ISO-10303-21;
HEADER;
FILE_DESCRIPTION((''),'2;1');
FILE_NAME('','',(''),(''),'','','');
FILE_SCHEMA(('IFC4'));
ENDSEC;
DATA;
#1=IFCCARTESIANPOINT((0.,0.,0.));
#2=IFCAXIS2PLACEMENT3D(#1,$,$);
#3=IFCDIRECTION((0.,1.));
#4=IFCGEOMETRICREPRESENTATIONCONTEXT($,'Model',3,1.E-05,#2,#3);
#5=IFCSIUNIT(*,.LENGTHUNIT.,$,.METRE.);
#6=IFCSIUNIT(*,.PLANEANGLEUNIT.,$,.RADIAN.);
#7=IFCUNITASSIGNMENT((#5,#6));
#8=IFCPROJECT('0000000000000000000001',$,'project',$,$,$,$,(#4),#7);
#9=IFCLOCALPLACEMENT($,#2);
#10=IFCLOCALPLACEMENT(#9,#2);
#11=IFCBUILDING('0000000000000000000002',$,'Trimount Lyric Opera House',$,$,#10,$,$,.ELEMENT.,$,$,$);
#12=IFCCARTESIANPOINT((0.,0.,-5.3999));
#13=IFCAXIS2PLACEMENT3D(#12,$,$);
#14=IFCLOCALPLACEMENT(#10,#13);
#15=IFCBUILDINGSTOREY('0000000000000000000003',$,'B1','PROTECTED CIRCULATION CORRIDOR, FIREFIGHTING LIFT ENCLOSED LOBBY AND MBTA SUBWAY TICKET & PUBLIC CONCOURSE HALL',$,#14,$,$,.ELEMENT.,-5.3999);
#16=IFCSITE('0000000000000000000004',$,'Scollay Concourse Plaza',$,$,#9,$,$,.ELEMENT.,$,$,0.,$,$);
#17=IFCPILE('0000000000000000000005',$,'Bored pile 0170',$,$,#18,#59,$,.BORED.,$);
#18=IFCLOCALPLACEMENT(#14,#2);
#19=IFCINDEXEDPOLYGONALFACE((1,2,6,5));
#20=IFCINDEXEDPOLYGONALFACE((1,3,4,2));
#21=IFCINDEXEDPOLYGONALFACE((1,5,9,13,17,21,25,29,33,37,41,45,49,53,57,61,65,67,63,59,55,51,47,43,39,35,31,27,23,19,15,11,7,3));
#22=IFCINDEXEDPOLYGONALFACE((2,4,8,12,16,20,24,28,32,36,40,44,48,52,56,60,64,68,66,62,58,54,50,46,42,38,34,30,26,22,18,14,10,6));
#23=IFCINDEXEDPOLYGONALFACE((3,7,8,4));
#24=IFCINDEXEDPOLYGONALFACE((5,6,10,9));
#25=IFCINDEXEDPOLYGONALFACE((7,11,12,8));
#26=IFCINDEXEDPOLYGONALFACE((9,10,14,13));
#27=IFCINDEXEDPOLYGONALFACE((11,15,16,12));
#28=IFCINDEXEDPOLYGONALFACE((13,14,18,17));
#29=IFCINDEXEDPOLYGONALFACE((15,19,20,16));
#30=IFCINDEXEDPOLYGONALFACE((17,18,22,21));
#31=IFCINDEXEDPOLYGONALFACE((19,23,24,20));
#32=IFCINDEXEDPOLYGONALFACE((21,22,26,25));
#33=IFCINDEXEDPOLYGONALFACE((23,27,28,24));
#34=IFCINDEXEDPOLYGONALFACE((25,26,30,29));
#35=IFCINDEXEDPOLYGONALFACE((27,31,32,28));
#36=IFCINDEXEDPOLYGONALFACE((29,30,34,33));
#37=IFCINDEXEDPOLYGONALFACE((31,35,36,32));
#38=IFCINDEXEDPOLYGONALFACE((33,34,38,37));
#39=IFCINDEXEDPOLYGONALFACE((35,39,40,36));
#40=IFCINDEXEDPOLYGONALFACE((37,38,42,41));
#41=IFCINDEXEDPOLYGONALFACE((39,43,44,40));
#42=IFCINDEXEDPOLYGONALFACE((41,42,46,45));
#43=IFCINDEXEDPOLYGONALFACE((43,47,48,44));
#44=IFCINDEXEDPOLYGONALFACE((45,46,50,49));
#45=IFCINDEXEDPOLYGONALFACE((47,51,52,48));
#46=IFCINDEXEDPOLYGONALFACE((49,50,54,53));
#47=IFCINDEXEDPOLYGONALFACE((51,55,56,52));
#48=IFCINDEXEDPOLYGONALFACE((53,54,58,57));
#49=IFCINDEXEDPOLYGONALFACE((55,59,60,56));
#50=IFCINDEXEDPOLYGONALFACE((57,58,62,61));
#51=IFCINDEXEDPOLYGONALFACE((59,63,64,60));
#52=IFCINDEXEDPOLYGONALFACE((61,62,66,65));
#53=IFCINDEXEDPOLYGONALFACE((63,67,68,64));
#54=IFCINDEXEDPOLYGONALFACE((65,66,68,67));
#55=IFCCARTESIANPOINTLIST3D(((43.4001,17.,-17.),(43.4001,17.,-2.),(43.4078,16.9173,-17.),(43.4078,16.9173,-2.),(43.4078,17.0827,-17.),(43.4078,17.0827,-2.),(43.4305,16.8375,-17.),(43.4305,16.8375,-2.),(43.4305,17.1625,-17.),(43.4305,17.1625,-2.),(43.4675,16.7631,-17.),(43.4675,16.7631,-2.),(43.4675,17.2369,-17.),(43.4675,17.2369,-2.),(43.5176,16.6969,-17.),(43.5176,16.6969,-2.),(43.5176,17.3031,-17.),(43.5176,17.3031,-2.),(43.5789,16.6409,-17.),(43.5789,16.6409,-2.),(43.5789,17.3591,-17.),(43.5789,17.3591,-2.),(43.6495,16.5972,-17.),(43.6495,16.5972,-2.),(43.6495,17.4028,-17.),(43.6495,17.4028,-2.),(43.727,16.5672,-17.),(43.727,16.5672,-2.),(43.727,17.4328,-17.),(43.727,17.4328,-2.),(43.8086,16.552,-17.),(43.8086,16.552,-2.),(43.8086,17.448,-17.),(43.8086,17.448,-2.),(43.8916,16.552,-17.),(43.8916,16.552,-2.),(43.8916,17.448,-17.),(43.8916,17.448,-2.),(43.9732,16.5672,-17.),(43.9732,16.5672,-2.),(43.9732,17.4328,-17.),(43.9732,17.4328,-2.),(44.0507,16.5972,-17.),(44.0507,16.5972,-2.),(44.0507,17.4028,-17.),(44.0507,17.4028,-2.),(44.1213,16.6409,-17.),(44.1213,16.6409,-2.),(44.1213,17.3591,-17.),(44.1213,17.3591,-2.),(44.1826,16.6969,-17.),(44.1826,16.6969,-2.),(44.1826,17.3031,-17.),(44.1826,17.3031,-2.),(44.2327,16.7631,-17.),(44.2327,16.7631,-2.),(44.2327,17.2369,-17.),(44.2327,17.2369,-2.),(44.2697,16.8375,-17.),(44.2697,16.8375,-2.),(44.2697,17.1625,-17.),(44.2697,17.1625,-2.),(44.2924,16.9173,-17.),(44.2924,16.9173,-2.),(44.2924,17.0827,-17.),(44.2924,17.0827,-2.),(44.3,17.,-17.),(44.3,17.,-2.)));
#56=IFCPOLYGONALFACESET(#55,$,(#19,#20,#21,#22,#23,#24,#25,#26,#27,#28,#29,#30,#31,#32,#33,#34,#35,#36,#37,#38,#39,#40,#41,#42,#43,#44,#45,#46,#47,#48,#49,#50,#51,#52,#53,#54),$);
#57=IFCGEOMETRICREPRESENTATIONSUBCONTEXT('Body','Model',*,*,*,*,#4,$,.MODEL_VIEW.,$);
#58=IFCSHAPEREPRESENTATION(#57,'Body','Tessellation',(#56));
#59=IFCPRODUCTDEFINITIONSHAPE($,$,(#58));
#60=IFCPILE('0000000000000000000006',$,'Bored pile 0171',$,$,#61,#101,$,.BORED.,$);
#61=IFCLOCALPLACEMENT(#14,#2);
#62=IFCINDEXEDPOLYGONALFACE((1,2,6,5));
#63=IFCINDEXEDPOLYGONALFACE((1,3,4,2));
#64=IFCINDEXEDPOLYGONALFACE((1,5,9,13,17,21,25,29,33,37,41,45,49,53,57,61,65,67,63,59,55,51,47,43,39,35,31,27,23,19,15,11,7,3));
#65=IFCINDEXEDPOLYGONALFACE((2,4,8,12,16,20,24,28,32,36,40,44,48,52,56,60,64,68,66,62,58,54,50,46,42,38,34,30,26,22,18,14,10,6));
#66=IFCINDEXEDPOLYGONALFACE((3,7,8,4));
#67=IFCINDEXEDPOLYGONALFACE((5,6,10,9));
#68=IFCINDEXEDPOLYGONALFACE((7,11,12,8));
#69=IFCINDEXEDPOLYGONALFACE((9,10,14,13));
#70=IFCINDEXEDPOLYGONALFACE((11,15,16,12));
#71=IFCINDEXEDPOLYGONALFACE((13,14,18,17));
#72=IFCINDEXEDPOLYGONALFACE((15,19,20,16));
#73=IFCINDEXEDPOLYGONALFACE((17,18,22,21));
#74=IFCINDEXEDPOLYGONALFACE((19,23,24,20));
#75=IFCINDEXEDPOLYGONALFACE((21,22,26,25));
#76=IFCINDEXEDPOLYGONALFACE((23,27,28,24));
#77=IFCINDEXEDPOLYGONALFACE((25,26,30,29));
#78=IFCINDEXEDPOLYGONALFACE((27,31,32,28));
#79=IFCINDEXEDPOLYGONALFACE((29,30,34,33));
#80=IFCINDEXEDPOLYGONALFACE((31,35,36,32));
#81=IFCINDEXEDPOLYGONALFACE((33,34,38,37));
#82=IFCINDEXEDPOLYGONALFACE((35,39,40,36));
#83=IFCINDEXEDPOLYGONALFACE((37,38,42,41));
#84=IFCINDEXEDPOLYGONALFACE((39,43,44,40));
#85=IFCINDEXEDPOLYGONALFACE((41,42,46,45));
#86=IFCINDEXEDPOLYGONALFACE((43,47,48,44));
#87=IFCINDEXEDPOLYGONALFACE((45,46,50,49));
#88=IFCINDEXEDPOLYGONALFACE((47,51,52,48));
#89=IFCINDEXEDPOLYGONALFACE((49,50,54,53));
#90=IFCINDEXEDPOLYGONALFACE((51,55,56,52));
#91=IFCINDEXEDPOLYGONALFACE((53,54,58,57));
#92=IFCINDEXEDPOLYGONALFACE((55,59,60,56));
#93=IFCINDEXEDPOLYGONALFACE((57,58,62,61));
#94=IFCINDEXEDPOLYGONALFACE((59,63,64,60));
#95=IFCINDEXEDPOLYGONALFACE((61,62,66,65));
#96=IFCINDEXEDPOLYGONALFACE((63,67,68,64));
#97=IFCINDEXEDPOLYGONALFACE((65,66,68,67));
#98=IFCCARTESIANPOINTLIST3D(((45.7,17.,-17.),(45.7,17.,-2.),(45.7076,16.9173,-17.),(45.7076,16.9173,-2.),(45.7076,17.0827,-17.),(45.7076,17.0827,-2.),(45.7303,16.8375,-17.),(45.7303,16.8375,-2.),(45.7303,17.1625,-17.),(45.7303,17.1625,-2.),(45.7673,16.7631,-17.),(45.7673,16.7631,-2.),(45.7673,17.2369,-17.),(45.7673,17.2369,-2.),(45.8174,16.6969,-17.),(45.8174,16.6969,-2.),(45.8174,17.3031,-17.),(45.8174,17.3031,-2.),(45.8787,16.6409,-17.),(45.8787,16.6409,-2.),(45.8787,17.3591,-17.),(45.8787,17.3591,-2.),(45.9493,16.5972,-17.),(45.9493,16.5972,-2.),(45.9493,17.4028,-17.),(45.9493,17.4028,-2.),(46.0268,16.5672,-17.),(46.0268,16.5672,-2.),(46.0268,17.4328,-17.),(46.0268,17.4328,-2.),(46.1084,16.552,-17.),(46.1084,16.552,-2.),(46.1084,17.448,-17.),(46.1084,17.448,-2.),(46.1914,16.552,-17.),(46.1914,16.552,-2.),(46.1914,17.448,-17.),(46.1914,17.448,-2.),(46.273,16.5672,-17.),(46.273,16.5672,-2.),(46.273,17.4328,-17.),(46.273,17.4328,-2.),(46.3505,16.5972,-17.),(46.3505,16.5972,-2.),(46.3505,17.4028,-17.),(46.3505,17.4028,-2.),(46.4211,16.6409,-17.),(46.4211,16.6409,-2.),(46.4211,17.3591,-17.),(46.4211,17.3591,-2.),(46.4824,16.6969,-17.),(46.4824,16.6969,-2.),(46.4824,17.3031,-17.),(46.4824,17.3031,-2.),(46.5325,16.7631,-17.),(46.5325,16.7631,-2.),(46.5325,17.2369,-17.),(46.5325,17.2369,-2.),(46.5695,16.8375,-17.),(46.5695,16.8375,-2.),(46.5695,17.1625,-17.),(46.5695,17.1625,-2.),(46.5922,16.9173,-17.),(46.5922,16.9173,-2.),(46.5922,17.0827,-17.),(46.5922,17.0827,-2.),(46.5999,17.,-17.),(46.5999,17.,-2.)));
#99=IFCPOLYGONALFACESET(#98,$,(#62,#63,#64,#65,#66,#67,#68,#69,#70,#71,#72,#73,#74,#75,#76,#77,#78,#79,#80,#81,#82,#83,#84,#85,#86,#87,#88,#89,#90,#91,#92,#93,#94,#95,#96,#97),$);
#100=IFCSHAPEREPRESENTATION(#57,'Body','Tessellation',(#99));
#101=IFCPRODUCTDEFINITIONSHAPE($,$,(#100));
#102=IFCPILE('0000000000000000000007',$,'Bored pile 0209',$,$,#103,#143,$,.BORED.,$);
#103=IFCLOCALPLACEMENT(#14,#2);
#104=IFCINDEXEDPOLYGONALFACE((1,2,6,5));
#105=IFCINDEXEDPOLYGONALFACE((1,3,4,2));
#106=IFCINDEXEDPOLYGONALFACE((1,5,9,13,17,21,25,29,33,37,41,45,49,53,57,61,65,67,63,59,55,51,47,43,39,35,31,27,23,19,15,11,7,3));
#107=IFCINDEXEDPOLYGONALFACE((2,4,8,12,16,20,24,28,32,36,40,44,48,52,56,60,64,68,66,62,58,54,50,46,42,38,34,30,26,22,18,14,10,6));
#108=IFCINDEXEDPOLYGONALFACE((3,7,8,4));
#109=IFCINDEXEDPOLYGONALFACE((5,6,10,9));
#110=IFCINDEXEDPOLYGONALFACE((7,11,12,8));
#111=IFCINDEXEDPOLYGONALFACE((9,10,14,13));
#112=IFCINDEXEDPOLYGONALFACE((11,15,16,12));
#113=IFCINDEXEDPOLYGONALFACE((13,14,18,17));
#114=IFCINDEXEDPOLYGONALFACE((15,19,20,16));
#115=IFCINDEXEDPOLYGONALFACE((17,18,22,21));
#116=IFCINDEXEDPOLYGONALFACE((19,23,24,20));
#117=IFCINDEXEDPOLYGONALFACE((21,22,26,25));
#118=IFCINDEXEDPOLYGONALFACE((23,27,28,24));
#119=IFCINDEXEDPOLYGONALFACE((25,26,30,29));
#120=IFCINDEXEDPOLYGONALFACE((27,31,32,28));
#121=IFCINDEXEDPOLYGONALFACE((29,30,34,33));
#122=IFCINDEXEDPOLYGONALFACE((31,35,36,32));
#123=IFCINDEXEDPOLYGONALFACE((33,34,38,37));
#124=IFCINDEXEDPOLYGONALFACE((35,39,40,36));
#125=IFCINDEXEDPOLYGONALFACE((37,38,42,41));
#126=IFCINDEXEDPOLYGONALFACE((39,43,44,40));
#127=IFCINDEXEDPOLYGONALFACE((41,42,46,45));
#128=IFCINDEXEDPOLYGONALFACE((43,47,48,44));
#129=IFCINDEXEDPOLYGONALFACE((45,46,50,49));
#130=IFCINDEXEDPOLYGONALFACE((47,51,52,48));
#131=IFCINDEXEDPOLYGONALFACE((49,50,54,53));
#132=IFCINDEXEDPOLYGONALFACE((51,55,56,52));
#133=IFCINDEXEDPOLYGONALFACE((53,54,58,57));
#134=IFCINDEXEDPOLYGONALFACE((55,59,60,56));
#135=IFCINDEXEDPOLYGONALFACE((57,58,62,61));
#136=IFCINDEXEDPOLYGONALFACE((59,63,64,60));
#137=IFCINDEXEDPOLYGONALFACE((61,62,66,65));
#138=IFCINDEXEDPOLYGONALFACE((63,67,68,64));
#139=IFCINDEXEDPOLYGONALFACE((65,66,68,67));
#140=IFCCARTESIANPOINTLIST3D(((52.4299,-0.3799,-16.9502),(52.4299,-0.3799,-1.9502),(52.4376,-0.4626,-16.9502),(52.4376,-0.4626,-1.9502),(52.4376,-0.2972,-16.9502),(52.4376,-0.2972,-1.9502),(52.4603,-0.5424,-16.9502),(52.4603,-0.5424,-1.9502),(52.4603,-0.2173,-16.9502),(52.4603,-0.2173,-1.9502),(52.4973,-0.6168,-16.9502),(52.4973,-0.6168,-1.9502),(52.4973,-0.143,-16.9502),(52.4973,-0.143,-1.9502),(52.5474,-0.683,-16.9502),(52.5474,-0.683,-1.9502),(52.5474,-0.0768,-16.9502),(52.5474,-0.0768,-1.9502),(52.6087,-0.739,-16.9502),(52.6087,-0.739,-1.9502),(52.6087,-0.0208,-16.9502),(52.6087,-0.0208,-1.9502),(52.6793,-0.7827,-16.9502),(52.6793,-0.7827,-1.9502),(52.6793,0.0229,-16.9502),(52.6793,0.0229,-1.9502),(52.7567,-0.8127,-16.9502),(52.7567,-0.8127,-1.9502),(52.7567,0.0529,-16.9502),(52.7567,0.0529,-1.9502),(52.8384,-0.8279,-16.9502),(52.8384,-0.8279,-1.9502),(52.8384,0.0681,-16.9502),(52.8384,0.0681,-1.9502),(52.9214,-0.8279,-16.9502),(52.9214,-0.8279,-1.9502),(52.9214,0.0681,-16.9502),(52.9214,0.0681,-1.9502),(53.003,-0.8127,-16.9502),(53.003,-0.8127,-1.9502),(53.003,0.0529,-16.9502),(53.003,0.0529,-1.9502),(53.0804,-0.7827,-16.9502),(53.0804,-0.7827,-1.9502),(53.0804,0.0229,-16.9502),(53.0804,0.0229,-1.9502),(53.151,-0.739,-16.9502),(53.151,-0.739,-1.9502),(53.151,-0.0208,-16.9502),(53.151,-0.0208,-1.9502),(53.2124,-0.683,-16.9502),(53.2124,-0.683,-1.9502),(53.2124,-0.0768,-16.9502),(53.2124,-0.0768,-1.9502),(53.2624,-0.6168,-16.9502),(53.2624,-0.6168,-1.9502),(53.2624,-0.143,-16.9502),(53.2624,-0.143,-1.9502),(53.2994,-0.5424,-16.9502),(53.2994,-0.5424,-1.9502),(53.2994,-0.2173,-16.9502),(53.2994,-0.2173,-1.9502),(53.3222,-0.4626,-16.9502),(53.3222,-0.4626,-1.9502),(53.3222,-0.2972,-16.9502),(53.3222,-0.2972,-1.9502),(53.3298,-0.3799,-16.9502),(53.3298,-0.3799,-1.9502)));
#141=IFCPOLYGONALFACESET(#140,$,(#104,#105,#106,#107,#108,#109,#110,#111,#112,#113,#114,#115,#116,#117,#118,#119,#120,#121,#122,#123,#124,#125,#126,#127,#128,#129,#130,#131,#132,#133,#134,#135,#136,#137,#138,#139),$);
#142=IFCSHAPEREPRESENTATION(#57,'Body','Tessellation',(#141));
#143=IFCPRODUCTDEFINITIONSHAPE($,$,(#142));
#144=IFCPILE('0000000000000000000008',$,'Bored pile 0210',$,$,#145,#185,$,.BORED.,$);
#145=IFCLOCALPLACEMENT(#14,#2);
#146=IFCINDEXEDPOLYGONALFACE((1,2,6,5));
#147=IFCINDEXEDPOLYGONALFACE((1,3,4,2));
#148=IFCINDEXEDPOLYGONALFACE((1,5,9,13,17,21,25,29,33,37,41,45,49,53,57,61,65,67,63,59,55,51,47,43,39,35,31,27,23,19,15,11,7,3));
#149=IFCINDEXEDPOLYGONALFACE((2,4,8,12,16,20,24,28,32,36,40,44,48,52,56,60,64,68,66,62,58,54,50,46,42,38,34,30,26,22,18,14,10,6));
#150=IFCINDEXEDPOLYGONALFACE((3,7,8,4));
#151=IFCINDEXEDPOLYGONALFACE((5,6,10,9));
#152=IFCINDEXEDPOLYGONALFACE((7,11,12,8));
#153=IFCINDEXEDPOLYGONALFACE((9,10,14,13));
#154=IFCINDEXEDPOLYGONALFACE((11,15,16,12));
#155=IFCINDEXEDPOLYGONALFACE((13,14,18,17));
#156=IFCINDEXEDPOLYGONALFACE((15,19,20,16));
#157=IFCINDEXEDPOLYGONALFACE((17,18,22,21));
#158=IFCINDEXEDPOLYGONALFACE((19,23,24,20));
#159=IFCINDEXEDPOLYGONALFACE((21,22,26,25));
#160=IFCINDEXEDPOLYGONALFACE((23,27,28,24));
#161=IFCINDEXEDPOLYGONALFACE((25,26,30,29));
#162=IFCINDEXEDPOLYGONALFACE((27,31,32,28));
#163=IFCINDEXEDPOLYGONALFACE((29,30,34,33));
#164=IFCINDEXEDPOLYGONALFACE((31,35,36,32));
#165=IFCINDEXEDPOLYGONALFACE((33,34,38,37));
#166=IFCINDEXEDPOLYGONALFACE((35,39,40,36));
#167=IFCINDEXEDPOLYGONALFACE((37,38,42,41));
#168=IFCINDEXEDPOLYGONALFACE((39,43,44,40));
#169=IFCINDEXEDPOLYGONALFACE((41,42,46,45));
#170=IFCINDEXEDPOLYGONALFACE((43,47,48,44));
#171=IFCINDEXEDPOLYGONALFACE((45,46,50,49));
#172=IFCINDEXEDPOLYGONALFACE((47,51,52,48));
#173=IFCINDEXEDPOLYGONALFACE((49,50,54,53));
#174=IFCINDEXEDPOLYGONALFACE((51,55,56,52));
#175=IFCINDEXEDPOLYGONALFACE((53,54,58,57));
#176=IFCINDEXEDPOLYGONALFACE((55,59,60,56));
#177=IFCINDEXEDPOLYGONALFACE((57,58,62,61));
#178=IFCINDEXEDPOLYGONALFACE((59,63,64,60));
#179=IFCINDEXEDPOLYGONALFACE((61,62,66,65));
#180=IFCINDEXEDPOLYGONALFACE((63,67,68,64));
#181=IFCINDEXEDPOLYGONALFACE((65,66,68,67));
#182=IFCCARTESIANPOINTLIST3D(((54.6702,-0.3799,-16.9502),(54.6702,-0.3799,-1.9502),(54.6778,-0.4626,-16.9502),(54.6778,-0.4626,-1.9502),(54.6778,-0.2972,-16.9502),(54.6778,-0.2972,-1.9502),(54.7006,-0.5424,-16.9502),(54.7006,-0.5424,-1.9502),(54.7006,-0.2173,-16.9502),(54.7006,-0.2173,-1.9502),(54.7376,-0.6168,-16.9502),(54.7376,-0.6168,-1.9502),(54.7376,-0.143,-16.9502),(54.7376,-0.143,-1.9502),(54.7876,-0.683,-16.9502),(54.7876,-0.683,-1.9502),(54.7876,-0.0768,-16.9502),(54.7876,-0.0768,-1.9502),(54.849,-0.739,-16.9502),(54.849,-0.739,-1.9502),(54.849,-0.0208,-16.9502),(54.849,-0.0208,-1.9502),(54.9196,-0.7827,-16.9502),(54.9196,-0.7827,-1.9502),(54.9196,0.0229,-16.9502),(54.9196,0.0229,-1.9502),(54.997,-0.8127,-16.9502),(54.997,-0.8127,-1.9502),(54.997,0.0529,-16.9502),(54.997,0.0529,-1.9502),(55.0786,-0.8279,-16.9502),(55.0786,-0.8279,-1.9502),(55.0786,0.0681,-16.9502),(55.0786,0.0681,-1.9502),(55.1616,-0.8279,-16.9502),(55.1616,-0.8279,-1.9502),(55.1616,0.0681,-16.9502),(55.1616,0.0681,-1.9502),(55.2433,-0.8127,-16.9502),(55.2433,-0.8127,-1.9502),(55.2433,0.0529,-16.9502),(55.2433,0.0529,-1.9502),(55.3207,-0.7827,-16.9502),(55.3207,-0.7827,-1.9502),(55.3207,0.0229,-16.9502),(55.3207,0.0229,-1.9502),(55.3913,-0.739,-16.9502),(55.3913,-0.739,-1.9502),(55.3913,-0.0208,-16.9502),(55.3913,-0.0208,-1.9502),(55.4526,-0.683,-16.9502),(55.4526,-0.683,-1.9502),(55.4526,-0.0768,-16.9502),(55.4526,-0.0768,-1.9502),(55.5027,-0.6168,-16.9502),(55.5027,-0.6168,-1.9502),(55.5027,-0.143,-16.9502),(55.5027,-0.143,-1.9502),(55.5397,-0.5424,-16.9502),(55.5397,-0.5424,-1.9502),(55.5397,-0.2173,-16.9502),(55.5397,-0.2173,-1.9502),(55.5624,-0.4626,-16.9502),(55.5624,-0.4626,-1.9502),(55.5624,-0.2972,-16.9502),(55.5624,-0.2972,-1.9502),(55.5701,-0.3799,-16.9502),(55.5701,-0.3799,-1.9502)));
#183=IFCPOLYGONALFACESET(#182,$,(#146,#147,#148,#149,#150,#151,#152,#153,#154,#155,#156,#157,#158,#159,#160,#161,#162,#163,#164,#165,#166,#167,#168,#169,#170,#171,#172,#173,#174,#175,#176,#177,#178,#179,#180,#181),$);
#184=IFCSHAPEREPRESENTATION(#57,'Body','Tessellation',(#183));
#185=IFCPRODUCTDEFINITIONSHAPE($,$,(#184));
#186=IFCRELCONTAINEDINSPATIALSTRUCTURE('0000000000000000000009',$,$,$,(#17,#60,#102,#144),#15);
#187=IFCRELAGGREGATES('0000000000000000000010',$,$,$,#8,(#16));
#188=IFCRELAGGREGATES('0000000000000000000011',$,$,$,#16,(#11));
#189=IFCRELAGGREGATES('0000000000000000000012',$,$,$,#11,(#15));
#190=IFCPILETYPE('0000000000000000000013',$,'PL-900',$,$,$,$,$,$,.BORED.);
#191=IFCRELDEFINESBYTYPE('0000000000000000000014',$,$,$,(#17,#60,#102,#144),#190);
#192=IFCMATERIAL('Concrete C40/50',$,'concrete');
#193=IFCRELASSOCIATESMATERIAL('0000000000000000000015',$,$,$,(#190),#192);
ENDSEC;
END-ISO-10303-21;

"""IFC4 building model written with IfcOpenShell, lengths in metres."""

from ifc_helpers import new_model, si_unit, direction, frame, origin, origin_2d, place, context, subcontext, project, spatial, circle, extrude, material, material_profile, profile_set, type_object, element, save


model = new_model("IFC4")

# Units and contexts
model_context = context("Model", 3, precision=1e-05, world=origin(), true_north=direction((0.0, 1.0)))
body_context = subcontext(model_context, "Body", "Model", "MODEL_VIEW")
ifc_project = project(units=[si_unit("LENGTHUNIT", "METRE"), si_unit("PLANEANGLEUNIT", "RADIAN")], contexts=[model_context])

# Site, building, storey
site_placement = place(None, origin())
site = spatial("IfcSite", under=ifc_project, at=site_placement, Name="Scollay Concourse Plaza", CompositionType="ELEMENT", RefElevation=0.0)
building_placement = place(site_placement, origin())
building = spatial("IfcBuilding", under=site, at=building_placement, Name="Trimount Lyric Opera House", CompositionType="ELEMENT")
storey_placement = place(building_placement, frame((0.0, 0.0, -5.3999)))
storey = spatial("IfcBuildingStorey", under=building, at=storey_placement, Name="B1", Description="PROTECTED CIRCULATION CORRIDOR, FIREFIGHTING LIFT ENCLOSED LOBBY AND MBTA SUBWAY TICKET & PUBLIC CONCOURSE HALL", CompositionType="ELEMENT", Elevation=-5.3999)

# Piles
ifc_material_1 = material(Name="Concrete C40/50", Category="concrete")
ifc_material_profile_1 = material_profile(ifc_material_1, circle(Radius=0.45, at=origin_2d()), Name="PILE-D900")
ifc_profile_set_1 = profile_set([ifc_material_profile_1], Name="Concrete C40/50")
pile_type_1 = type_object("IfcPileType", Name="PL-900", PredefinedType="BORED", material=ifc_profile_set_1)
for number, where, z_axis, x_axis, name in (
    (1, (43.8501, 17.0, -2.0), (0.0, 0.0, -1.0), (1.0, 0.0, 0.0), "Bored pile 0170"),
    (2, (46.1499, 17.0, -2.0), (0.0, 0.0, -1.0), (1.0, 0.0, 0.0), "Bored pile 0171"),
    (3, (52.8799, -0.3799, -1.9502), (0.0, 0.0, -1.0), (1.0, 0.0, 0.0), "Bored pile 0209"),
    (4, (55.1201, -0.3799, -1.9502), (0.0, 0.0, -1.0), (1.0, 0.0, 0.0), "Bored pile 0210"),
):
    element("IfcPile", number, at=place(storey_placement, frame(where, z_axis=z_axis, x_axis=x_axis)), inside=storey, type_object=pile_type_1, Name=name, PredefinedType="BORED", context=body_context, shape_type="SweptSolid", body=[
        extrude(circle(Radius=0.45, at=origin_2d()), origin(), (0.0, 0.0, 1.0), 15.0),
    ])

save(model, "model.ifc")
